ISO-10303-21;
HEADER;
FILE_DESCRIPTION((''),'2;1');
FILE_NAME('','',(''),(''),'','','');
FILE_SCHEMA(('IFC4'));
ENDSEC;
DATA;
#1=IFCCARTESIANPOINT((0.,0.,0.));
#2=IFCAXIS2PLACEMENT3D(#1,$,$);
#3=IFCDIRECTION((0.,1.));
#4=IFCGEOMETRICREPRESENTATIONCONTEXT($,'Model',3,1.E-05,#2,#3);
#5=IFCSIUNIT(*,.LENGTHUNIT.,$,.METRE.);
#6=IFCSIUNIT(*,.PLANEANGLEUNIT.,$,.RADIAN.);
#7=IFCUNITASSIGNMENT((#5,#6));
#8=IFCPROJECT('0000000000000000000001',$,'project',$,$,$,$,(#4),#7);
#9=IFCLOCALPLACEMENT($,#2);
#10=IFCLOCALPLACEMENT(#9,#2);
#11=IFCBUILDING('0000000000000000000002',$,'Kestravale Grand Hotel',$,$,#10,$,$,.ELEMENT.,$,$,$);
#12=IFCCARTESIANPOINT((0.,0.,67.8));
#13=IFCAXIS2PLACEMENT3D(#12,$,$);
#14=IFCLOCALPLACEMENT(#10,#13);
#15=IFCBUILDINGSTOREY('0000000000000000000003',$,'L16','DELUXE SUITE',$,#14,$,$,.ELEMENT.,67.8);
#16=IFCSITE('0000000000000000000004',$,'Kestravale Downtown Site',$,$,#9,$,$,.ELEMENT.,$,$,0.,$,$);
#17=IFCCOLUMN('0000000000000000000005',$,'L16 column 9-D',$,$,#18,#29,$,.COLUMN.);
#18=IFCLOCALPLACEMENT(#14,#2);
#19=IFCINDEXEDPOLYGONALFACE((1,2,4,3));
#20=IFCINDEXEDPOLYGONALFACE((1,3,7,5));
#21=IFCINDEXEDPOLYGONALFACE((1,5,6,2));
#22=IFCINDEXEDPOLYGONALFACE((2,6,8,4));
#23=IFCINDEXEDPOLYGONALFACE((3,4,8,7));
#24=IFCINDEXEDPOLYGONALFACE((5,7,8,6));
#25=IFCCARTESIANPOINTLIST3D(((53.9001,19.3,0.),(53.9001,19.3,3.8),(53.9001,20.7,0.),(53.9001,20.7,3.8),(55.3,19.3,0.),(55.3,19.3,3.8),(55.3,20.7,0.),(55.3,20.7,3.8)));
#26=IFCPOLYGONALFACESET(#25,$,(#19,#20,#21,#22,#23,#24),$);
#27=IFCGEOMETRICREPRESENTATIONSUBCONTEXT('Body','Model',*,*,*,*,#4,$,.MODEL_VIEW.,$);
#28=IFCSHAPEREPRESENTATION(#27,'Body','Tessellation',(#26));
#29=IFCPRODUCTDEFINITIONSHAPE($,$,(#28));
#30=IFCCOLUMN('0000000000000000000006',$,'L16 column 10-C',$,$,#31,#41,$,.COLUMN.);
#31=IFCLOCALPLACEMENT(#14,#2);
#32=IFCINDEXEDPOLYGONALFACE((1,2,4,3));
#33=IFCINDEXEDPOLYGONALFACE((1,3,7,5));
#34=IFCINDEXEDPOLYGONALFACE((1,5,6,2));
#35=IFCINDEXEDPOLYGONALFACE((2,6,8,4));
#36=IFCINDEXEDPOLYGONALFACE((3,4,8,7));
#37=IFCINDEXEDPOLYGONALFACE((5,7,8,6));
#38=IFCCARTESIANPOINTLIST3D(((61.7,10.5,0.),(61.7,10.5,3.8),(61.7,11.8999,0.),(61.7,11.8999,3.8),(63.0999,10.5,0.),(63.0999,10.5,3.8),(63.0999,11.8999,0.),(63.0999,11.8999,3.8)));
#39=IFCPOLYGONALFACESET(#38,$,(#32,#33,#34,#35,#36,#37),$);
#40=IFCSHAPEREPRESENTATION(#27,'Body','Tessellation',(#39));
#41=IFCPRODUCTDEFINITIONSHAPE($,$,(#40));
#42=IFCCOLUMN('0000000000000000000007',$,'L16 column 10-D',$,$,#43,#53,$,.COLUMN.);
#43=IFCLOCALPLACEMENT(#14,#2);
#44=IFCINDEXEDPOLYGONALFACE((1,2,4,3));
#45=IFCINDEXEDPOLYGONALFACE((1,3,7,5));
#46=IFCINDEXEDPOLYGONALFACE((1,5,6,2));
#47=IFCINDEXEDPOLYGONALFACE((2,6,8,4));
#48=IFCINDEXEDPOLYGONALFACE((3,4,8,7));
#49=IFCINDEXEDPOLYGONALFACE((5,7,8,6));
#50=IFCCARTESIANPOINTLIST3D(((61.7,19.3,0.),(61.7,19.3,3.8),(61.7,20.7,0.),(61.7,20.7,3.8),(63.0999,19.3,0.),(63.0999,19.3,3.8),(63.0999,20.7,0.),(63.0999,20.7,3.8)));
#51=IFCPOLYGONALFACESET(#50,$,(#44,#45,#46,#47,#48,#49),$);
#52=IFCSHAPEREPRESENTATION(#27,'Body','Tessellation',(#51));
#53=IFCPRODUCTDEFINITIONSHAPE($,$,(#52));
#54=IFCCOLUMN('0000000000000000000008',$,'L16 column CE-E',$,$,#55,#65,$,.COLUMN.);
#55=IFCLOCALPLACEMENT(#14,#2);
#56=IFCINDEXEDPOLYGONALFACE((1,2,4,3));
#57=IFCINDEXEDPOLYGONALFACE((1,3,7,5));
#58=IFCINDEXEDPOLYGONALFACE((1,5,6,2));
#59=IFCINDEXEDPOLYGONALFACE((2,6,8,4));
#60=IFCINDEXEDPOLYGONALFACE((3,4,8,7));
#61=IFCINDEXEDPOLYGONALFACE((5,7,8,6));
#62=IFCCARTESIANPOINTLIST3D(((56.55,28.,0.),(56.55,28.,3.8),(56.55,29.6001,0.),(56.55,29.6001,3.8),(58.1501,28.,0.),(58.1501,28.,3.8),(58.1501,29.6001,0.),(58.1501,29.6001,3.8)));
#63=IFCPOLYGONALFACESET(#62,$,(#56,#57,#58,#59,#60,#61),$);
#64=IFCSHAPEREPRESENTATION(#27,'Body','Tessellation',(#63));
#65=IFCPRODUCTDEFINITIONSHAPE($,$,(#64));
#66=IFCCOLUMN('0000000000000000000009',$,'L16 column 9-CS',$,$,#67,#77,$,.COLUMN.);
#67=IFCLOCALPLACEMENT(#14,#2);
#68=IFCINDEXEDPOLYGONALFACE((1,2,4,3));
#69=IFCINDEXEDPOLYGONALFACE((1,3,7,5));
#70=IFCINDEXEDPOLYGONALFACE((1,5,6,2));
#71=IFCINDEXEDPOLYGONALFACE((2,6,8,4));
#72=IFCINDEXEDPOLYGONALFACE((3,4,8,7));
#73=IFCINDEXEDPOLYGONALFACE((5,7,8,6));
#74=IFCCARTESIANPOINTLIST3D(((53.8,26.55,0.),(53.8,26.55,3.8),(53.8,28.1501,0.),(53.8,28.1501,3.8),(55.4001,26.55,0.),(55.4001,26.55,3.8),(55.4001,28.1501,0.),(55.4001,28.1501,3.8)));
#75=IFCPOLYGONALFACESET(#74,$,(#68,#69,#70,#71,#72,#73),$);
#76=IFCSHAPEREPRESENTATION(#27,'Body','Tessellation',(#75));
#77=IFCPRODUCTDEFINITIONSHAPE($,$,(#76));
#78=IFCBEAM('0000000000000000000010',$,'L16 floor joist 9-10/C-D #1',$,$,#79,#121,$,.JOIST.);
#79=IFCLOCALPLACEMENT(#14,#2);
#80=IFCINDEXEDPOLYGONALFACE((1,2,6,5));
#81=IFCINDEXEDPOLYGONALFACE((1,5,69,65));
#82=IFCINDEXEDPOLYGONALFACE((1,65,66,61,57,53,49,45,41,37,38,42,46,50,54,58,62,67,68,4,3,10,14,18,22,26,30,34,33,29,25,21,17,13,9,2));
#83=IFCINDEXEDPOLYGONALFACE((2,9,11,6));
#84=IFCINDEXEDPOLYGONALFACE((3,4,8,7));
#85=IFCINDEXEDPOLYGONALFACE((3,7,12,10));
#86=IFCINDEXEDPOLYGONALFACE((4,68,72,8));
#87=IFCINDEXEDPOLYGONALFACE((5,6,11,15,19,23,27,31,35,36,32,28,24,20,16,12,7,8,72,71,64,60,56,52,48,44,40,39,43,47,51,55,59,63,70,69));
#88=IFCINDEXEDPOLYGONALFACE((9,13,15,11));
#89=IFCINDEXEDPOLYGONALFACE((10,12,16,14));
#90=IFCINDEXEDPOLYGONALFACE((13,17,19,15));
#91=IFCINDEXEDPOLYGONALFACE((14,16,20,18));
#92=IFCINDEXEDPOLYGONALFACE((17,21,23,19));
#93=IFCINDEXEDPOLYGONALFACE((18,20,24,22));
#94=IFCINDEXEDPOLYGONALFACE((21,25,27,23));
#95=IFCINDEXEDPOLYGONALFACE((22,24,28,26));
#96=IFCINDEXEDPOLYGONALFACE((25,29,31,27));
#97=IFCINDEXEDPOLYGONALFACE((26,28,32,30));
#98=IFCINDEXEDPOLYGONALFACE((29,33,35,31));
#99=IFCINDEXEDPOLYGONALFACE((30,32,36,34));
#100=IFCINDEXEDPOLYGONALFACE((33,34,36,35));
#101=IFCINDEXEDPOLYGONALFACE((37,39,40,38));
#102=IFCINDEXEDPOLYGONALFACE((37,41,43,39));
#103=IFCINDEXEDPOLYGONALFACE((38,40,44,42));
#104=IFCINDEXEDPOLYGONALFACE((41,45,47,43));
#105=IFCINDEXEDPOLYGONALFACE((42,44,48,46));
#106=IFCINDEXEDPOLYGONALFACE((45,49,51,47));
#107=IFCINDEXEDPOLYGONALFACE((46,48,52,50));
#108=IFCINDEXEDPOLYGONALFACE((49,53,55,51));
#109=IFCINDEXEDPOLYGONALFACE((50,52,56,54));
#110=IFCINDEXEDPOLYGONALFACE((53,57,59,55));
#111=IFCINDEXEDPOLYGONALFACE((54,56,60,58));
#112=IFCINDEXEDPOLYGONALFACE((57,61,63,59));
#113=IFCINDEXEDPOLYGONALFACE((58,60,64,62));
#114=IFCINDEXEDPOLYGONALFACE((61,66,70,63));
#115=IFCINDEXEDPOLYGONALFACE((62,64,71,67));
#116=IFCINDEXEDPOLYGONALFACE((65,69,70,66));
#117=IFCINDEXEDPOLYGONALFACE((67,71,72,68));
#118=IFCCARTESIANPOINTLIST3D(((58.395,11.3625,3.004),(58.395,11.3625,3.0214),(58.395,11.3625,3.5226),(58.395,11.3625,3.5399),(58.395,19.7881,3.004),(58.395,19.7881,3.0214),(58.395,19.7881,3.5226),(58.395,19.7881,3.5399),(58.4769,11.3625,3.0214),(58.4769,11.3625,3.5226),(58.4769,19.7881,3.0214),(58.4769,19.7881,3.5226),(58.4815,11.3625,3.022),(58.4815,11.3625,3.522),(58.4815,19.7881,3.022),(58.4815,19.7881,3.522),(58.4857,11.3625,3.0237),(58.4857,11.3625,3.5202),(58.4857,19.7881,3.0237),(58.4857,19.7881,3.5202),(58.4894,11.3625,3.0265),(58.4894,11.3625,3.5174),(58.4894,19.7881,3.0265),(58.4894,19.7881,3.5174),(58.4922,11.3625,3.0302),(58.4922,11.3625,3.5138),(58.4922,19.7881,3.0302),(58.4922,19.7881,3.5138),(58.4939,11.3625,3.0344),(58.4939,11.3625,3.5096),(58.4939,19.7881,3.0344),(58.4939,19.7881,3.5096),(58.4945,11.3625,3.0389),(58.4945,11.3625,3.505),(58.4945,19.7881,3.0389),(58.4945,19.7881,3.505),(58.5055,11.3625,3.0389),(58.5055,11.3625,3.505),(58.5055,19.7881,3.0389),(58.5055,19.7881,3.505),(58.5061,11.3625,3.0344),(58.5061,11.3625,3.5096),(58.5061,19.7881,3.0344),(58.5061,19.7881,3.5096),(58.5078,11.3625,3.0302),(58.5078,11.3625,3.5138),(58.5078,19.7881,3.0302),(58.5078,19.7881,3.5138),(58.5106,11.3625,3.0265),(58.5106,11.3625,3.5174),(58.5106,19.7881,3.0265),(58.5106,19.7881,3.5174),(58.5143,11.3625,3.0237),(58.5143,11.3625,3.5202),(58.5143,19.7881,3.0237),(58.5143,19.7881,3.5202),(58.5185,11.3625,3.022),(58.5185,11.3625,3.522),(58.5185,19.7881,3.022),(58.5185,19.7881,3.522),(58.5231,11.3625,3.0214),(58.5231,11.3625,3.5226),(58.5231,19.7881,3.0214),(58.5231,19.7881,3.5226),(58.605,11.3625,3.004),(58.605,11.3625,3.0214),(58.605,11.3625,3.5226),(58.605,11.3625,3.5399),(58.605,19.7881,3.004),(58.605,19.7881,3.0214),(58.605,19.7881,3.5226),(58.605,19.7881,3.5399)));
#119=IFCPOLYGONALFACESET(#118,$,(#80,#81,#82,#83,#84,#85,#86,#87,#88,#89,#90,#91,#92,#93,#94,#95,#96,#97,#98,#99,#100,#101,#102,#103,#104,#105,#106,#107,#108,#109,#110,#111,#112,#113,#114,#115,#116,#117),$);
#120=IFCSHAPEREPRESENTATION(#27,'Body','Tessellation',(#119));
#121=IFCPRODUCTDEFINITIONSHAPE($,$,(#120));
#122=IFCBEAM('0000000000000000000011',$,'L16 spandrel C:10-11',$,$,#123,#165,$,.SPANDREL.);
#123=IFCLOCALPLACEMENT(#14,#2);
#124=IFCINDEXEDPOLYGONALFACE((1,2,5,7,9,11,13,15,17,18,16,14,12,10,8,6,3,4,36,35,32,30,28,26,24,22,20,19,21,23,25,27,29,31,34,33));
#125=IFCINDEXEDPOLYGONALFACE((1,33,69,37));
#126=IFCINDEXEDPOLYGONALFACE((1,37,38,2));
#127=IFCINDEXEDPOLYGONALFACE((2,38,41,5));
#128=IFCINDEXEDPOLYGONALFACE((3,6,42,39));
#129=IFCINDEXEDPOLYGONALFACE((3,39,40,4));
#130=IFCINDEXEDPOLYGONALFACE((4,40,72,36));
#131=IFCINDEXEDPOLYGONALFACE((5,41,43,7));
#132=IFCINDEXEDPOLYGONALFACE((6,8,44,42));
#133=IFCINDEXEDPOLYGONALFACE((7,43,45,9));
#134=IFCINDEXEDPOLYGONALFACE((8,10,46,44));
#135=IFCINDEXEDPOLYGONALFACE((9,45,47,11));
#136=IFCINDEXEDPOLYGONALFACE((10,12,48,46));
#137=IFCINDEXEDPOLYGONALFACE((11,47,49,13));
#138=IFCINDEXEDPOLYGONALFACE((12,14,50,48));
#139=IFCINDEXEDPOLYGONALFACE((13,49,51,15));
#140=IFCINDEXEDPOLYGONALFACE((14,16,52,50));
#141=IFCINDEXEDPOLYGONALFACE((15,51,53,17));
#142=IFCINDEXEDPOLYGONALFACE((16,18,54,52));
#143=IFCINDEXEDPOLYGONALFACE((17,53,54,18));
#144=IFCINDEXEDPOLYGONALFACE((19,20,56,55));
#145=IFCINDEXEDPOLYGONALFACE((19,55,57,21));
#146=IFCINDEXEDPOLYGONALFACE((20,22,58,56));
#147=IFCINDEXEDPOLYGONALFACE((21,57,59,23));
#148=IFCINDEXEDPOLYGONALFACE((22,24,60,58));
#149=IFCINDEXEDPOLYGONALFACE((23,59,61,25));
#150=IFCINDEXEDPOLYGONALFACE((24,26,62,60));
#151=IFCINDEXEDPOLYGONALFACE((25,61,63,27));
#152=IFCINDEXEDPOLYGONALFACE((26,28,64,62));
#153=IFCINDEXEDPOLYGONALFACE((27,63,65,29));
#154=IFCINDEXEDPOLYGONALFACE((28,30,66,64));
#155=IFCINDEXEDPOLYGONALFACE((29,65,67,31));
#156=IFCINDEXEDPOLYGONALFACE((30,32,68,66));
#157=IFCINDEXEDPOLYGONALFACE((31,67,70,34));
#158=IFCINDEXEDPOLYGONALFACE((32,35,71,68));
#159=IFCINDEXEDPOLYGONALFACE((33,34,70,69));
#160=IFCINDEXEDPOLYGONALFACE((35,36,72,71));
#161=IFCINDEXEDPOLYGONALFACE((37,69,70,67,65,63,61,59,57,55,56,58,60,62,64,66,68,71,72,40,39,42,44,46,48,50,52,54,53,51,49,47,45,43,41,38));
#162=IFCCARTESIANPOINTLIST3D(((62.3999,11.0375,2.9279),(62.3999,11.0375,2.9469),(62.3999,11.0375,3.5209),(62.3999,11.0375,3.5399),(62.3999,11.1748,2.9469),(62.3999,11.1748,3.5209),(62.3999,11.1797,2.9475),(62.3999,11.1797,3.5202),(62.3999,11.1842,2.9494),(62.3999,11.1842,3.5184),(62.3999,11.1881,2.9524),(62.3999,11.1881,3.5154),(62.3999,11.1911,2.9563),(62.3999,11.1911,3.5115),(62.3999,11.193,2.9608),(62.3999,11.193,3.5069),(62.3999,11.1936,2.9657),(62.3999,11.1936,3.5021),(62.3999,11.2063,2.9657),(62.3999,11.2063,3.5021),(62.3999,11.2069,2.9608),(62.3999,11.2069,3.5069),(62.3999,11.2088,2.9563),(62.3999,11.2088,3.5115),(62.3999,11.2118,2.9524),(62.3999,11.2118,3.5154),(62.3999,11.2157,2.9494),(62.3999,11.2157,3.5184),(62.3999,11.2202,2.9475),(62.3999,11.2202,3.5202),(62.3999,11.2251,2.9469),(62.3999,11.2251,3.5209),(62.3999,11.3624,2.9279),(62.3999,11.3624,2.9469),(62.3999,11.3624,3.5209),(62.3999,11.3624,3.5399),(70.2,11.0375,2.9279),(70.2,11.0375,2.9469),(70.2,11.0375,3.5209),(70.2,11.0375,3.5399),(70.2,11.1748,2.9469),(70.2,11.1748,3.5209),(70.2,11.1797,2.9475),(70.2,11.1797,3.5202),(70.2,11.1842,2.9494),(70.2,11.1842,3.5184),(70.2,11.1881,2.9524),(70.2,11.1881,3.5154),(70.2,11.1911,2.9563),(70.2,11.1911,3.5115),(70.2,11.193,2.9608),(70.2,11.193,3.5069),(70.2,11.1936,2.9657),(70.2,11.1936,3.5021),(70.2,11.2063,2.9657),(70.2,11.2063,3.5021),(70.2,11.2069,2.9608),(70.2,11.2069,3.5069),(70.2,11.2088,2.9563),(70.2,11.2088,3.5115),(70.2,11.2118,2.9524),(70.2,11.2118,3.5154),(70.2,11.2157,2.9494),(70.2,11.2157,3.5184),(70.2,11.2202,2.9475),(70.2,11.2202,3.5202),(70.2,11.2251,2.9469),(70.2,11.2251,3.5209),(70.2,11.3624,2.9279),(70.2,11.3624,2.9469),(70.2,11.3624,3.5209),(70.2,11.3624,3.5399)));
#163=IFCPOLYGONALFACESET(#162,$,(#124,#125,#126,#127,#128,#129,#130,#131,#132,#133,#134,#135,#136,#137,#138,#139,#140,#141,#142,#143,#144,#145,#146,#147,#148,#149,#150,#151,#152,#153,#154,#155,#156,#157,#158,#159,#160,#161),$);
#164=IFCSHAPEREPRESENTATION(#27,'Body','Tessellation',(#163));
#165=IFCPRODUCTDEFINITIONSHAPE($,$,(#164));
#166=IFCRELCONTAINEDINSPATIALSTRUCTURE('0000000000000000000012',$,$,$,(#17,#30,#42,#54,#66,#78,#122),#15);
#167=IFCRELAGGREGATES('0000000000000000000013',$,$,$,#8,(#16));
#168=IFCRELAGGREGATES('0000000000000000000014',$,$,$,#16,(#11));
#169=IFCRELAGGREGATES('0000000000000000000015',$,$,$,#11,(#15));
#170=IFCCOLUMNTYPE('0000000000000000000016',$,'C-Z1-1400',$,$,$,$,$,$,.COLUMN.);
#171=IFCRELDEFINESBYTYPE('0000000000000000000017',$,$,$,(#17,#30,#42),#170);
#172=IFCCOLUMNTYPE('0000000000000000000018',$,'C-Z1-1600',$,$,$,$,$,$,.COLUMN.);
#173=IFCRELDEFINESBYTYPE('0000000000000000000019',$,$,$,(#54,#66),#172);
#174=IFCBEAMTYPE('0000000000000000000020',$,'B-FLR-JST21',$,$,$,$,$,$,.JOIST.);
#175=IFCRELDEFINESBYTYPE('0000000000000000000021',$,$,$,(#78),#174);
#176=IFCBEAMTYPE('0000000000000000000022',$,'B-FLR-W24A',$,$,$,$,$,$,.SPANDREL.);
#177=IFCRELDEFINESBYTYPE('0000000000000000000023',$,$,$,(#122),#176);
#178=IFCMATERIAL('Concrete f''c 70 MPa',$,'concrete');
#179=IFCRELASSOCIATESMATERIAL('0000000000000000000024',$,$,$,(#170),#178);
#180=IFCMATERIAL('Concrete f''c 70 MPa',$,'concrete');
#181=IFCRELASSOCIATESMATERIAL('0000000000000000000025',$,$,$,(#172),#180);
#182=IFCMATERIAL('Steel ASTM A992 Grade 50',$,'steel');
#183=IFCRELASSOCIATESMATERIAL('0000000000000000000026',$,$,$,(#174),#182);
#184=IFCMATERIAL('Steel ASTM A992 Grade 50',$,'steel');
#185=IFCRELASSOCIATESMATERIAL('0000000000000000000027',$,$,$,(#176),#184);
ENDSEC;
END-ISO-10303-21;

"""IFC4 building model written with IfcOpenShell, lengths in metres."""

from ifc_helpers import new_model, si_unit, direction, frame, origin, origin_2d, place, context, subcontext, project, spatial, rectangle, i_section, extrude, material, material_profile, profile_set, type_object, element, save


model = new_model("IFC4")

# Units and contexts
model_context = context("Model", 3, precision=1e-05, world=origin(), true_north=direction((0.0, 1.0)))
body_context = subcontext(model_context, "Body", "Model", "MODEL_VIEW")
ifc_project = project(units=[si_unit("LENGTHUNIT", "METRE"), si_unit("PLANEANGLEUNIT", "RADIAN")], contexts=[model_context])

# Site, building, storey
site_placement = place(None, origin())
site = spatial("IfcSite", under=ifc_project, at=site_placement, Name="Kestravale Downtown Site", CompositionType="ELEMENT", RefElevation=0.0)
building_placement = place(site_placement, origin())
building = spatial("IfcBuilding", under=site, at=building_placement, Name="Kestravale Grand Hotel", CompositionType="ELEMENT")
storey_placement = place(building_placement, frame((0.0, 0.0, 67.8)))
storey = spatial("IfcBuildingStorey", under=building, at=storey_placement, Name="L16", Description="DELUXE SUITE", CompositionType="ELEMENT", Elevation=67.8)

# Columns
ifc_material_1 = material(Name="Concrete f'c 70 MPa", Category="concrete")
ifc_material_profile_1 = material_profile(ifc_material_1, rectangle(XDim=1.3999, YDim=1.3999, at=origin_2d()))
ifc_profile_set_1 = profile_set([ifc_material_profile_1], Name="Concrete f'c 70 MPa")
column_type_1 = type_object("IfcColumnType", Name="C-Z1-1400", PredefinedType="COLUMN", material=ifc_profile_set_1)
for number, where, z_axis, x_axis, name in (
    (1, (54.6001, 20.0, 0.0), (0.0, 0.0, 1.0), (1.0, 0.0, 0.0), "L16 column 9-D"),
    (2, (62.3999, 11.2, 0.0), (0.0, 0.0, 1.0), (1.0, 0.0, 0.0), "L16 column 10-C"),
    (3, (62.3999, 20.0, 0.0), (0.0, 0.0, 1.0), (1.0, 0.0, 0.0), "L16 column 10-D"),
):
    element("IfcColumn", number, at=place(storey_placement, frame(where, z_axis=z_axis, x_axis=x_axis)), inside=storey, type_object=column_type_1, Name=name, PredefinedType="COLUMN", context=body_context, shape_type="SweptSolid", body=[
        extrude(rectangle(XDim=1.3999, YDim=1.3999, at=origin_2d()), origin(), (0.0, 0.0, 1.0), 3.8),
    ])
ifc_material_2 = material(Name="Concrete f'c 70 MPa", Category="concrete")
ifc_material_profile_2 = material_profile(ifc_material_2, rectangle(XDim=1.6001, YDim=1.6001, at=origin_2d()))
ifc_profile_set_2 = profile_set([ifc_material_profile_2], Name="Concrete f'c 70 MPa")
column_type_2 = type_object("IfcColumnType", Name="C-Z1-1600", PredefinedType="COLUMN", material=ifc_profile_set_2)
for number, where, z_axis, x_axis, name in (
    (4, (57.3501, 28.8, 0.0), (0.0, 0.0, 1.0), (1.0, 0.0, 0.0), "L16 column CE-E"),
    (5, (54.6001, 27.3501, 0.0), (0.0, 0.0, 1.0), (1.0, 0.0, 0.0), "L16 column 9-CS"),
):
    element("IfcColumn", number, at=place(storey_placement, frame(where, z_axis=z_axis, x_axis=x_axis)), inside=storey, type_object=column_type_2, Name=name, PredefinedType="COLUMN", context=body_context, shape_type="SweptSolid", body=[
        extrude(rectangle(XDim=1.6001, YDim=1.6001, at=origin_2d()), origin(), (0.0, 0.0, 1.0), 3.8),
    ])

# Beams
ifc_material_3 = material(Name="Steel ASTM A992 Grade 50", Category="steel")
ifc_material_profile_3 = material_profile(ifc_material_3, i_section(OverallWidth=0.21, OverallDepth=0.5359, WebThickness=0.011, FlangeThickness=0.0173, FilletRadius=0.0176, at=origin_2d()))
ifc_profile_set_3 = profile_set([ifc_material_profile_3], Name="Steel ASTM A992 Grade 50")
beam_type_1 = type_object("IfcBeamType", Name="B-FLR-JST21", PredefinedType="JOIST", material=ifc_profile_set_3)
beam_1_placement = place(storey_placement, frame((58.5, 11.3625, 3.272), z_axis=(0.0, 1.0, 0.0), x_axis=(-1.0, 0.0, 0.0)))
element("IfcBeam", 6, at=beam_1_placement, inside=storey, type_object=beam_type_1, Name="L16 floor joist 9-10/C-D #1", PredefinedType="JOIST", context=body_context, shape_type="SweptSolid", body=[
    extrude(i_section(OverallWidth=0.21, OverallDepth=0.5359, WebThickness=0.011, FlangeThickness=0.0173, FilletRadius=0.0176, at=origin_2d()), origin(), (0.0, 0.0, 1.0), 8.4255),
])
ifc_material_4 = material(Name="Steel ASTM A992 Grade 50", Category="steel")
ifc_material_profile_4 = material_profile(ifc_material_4, i_section(OverallWidth=0.325, OverallDepth=0.6121, WebThickness=0.0127, FlangeThickness=0.019, FilletRadius=0.0188, at=origin_2d()))
ifc_profile_set_4 = profile_set([ifc_material_profile_4], Name="Steel ASTM A992 Grade 50")
beam_type_2 = type_object("IfcBeamType", Name="B-FLR-W24A", PredefinedType="SPANDREL", material=ifc_profile_set_4)
beam_2_placement = place(storey_placement, frame((62.3999, 11.2, 3.2339), z_axis=(1.0, 0.0, 0.0), x_axis=(0.0, 1.0, 0.0)))
element("IfcBeam", 7, at=beam_2_placement, inside=storey, type_object=beam_type_2, Name="L16 spandrel C:10-11", PredefinedType="SPANDREL", context=body_context, shape_type="SweptSolid", body=[
    extrude(i_section(OverallWidth=0.325, OverallDepth=0.6121, WebThickness=0.0127, FlangeThickness=0.019, FilletRadius=0.0188, at=origin_2d()), origin(), (0.0, 0.0, 1.0), 7.8),
])

save(model, "model.ifc")
